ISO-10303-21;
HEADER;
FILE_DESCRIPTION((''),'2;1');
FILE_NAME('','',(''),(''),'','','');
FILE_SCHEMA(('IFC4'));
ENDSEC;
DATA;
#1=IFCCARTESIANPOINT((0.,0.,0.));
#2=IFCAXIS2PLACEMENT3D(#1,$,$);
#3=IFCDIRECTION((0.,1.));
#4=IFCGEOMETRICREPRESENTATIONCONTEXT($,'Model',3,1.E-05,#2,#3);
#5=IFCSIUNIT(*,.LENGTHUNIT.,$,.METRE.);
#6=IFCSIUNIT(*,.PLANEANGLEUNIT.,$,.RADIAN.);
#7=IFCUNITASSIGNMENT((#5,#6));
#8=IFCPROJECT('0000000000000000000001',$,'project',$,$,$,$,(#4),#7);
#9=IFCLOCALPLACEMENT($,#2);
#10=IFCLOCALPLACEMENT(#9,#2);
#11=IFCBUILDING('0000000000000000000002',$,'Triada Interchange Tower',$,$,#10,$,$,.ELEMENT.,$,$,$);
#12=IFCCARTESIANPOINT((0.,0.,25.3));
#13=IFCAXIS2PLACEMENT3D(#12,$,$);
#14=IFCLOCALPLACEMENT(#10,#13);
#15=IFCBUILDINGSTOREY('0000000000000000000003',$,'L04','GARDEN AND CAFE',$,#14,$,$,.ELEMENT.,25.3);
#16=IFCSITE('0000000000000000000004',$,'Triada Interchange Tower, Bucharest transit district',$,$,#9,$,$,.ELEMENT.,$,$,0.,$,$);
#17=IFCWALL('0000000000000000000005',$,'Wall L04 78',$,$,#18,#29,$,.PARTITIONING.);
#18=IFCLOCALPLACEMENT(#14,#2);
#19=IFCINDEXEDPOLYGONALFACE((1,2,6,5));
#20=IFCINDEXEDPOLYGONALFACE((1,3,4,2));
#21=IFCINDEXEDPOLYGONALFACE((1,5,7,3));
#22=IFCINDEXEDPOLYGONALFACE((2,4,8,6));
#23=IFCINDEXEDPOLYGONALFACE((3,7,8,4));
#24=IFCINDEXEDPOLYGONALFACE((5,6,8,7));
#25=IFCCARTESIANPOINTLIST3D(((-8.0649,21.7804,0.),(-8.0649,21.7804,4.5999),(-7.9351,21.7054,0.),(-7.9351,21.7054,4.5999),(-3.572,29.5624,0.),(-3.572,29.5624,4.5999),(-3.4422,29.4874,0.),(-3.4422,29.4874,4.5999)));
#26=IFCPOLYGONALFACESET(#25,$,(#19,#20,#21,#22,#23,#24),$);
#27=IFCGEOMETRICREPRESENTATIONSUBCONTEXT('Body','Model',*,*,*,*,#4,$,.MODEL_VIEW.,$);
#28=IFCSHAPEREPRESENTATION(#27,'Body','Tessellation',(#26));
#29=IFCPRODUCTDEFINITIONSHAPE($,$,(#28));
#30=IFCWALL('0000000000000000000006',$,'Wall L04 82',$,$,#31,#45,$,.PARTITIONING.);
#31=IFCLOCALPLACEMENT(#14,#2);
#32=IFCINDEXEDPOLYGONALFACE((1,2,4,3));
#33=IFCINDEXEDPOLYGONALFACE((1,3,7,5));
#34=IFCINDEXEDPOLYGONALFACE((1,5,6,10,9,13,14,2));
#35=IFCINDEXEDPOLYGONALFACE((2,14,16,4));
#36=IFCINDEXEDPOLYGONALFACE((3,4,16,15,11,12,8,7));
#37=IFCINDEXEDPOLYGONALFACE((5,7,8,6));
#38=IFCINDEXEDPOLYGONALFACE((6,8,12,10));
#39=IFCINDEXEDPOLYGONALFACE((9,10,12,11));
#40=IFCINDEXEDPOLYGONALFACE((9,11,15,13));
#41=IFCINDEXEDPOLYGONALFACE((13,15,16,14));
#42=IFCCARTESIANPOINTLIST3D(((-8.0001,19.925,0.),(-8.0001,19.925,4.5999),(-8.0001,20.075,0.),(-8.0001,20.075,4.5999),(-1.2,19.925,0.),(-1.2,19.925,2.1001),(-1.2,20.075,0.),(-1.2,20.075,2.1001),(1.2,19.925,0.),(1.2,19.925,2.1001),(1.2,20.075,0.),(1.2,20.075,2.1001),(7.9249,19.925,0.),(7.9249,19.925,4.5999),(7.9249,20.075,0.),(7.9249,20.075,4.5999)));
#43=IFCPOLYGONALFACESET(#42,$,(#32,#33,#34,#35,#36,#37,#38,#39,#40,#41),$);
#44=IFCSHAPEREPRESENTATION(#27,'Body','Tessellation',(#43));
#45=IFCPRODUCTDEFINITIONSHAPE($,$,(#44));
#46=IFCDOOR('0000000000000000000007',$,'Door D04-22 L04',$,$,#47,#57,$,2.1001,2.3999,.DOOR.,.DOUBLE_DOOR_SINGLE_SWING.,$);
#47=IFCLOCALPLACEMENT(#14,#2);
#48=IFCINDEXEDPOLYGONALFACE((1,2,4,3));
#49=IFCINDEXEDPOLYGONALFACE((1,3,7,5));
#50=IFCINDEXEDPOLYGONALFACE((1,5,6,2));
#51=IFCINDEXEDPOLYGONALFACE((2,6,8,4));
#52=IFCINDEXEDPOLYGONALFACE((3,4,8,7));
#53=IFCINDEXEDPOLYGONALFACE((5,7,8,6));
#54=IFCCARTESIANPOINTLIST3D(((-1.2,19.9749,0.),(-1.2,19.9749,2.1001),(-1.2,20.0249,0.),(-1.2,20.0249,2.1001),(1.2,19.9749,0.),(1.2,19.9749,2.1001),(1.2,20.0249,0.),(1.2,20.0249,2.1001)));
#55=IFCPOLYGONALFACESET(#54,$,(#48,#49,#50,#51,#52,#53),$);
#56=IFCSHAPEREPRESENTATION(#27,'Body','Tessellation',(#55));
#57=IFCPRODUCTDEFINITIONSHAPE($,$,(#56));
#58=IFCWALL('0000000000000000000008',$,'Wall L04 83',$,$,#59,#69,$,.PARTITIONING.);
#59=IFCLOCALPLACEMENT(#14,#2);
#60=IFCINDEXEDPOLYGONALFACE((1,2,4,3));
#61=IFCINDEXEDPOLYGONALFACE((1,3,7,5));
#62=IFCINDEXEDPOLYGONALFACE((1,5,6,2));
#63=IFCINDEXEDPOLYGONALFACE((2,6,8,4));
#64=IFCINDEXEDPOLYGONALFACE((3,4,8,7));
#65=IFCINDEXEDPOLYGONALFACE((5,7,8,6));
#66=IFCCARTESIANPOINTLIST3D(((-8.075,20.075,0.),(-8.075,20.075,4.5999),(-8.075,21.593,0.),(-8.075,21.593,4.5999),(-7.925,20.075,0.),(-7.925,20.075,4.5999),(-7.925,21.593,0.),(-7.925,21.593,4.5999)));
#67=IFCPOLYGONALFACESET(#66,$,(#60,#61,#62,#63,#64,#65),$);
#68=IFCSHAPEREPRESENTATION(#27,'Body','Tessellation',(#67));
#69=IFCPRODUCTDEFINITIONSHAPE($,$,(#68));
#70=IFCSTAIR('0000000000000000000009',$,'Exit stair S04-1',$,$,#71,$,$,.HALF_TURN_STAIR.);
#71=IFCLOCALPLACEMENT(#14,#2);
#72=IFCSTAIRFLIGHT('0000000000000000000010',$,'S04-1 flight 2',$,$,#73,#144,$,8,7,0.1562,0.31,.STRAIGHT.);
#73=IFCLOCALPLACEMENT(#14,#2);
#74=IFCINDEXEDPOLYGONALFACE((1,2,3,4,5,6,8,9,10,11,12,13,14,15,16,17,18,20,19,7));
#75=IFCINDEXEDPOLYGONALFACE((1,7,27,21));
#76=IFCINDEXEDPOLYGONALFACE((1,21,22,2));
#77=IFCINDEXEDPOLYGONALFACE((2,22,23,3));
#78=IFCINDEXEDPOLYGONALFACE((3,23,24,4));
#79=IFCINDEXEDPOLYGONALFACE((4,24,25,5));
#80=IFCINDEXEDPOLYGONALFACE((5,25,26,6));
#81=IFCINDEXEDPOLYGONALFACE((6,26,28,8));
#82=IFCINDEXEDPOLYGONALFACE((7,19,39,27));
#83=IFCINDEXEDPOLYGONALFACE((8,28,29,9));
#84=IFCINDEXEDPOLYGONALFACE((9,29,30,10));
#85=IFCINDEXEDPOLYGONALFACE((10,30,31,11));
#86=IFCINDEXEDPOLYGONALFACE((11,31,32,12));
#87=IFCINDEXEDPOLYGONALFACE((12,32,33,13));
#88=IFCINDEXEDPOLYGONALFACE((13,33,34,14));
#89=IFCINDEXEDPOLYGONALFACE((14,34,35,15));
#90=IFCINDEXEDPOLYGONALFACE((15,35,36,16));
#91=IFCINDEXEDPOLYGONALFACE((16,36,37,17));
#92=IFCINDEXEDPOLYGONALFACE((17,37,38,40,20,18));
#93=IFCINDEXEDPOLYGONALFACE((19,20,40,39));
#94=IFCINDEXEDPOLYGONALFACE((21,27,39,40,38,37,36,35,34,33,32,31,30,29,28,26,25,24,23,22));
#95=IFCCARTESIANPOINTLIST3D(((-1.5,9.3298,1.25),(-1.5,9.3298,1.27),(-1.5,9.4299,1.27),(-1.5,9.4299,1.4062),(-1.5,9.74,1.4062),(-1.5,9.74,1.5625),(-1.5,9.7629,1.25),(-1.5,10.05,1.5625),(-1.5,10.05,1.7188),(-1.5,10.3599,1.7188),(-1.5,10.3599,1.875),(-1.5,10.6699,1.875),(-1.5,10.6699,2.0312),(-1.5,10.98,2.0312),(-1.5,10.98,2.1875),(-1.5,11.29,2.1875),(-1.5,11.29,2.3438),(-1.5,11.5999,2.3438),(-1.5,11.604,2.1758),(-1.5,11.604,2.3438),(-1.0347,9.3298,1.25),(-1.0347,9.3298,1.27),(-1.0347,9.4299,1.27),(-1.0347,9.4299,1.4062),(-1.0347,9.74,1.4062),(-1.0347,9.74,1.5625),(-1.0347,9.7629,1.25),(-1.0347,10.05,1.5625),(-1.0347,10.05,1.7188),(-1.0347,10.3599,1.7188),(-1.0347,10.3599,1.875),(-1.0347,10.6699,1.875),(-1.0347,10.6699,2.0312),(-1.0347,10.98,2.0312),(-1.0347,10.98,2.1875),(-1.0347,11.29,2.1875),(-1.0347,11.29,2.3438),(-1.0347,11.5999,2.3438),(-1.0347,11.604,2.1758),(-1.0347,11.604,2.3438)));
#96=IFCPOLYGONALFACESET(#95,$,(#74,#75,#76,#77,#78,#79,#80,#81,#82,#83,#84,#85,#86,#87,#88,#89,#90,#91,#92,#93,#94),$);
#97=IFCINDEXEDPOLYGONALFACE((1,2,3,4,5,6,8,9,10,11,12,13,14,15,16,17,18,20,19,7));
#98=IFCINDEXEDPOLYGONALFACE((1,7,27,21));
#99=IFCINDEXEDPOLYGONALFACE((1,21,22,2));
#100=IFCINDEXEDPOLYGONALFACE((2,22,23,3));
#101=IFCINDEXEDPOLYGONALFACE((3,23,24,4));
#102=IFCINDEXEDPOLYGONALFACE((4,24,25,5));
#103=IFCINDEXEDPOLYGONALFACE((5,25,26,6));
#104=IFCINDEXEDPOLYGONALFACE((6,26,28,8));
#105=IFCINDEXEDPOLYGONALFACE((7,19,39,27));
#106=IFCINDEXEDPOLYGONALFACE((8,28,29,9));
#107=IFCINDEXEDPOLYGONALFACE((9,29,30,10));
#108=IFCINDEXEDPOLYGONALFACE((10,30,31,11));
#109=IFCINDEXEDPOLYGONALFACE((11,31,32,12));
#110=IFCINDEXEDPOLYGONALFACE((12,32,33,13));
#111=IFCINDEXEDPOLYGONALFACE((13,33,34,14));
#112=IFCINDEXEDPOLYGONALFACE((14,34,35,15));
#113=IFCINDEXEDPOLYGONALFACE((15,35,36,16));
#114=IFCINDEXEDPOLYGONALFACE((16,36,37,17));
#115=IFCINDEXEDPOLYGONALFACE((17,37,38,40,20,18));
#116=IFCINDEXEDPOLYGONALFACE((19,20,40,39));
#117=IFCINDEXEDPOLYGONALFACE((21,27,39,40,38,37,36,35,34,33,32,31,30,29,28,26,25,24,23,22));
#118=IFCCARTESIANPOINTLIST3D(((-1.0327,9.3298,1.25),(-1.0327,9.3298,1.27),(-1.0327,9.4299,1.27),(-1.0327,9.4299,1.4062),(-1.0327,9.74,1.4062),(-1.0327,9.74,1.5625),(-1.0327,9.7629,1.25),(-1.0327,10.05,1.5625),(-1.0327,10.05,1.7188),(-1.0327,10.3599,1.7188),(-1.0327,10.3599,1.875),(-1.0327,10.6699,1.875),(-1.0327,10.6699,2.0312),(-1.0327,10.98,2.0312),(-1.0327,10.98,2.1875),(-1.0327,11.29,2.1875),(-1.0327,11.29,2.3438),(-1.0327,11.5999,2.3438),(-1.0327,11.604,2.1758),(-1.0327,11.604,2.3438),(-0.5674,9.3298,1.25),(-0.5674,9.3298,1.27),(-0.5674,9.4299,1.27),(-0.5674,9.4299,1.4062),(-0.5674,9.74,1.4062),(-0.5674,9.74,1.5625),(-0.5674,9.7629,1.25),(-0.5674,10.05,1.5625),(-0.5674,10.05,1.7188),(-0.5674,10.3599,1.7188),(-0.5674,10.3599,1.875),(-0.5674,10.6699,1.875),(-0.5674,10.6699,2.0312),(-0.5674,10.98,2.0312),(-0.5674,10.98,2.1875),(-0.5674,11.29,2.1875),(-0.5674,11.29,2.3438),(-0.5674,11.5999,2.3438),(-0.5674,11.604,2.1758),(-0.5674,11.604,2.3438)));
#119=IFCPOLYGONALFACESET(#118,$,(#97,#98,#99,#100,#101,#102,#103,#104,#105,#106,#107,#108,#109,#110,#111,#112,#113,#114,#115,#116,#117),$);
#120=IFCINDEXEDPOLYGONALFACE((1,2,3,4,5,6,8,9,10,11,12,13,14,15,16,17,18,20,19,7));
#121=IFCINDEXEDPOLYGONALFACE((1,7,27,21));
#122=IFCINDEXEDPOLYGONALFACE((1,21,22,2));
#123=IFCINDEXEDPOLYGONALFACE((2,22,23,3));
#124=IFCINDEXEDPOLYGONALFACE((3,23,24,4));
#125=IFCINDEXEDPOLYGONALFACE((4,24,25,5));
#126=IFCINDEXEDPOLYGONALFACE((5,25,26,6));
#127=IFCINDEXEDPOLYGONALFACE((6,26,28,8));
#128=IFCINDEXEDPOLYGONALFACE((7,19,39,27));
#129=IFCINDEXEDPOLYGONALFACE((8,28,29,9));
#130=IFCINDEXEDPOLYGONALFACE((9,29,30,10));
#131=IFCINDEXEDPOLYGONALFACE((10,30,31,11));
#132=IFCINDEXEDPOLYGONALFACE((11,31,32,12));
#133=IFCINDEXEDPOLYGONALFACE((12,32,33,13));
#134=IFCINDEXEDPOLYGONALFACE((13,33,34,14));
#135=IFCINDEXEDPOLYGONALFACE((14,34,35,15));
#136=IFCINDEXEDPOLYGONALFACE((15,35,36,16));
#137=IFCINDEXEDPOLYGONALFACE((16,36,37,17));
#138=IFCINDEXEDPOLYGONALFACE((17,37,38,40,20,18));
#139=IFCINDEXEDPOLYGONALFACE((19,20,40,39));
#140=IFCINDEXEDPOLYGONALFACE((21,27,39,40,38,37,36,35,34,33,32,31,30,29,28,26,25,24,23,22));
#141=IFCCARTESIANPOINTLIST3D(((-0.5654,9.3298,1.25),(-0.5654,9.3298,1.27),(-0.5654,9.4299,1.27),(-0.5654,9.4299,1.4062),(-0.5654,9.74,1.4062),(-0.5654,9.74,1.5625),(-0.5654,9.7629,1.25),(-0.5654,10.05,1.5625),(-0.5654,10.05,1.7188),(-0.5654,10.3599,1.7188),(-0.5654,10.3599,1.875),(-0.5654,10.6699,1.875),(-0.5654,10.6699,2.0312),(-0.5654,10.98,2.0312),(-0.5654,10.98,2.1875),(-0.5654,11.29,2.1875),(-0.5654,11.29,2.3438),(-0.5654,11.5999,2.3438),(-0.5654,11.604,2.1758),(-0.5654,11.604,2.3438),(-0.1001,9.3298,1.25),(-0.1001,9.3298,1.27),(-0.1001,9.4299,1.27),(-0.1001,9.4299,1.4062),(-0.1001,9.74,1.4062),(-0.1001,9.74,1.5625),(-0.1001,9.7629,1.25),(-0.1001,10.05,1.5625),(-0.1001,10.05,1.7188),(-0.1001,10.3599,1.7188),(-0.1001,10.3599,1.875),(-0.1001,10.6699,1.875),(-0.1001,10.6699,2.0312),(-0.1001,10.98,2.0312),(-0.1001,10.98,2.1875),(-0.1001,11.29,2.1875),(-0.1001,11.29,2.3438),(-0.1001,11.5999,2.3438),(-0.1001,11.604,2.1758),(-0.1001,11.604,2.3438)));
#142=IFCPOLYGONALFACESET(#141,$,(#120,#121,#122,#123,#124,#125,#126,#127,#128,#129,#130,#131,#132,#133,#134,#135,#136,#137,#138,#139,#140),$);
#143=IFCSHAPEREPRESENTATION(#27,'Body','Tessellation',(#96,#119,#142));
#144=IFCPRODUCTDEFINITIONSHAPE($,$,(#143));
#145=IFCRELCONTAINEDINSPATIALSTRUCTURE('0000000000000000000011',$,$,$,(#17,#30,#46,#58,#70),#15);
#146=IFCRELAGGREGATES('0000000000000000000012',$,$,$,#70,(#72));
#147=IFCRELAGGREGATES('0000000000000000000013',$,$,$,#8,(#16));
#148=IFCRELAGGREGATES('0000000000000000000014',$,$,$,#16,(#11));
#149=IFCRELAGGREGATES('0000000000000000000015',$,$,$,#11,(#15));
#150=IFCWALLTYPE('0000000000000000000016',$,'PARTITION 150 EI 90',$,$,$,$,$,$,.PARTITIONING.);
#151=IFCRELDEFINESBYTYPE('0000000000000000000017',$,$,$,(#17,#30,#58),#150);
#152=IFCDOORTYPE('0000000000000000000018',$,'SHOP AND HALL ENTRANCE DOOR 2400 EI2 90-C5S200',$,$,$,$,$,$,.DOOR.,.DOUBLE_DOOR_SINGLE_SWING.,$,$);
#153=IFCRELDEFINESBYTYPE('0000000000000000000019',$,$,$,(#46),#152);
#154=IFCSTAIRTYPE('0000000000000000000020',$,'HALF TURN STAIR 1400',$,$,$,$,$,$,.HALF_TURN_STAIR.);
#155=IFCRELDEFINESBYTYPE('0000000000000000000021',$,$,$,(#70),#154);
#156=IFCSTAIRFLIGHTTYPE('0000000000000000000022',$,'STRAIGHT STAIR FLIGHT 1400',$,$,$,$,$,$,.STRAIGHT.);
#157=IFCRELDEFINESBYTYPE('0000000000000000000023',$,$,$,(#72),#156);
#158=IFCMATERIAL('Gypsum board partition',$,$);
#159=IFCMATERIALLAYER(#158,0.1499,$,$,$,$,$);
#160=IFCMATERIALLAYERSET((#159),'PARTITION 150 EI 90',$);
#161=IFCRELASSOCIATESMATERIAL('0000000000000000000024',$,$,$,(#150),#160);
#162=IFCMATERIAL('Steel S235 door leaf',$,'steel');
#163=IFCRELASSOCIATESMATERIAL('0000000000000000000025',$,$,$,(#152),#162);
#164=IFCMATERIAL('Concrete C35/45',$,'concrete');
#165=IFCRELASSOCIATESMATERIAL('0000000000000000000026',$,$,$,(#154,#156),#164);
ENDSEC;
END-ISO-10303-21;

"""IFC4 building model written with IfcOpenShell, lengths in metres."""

from ifc_helpers import new_model, si_unit, direction, frame, frame_2d, origin, place, context, subcontext, project, spatial, polyline, rectangle, outline, extrude, material, layer, layer_set, type_object, element, fill, aggregate, save


model = new_model("IFC4")

# Units and contexts
model_context = context("Model", 3, precision=1e-05, world=origin(), true_north=direction((0.0, 1.0)))
body_context = subcontext(model_context, "Body", "Model", "MODEL_VIEW")
ifc_project = project(units=[si_unit("LENGTHUNIT", "METRE"), si_unit("PLANEANGLEUNIT", "RADIAN")], contexts=[model_context])

# Site, building, storey
site_placement = place(None, origin())
site = spatial("IfcSite", under=ifc_project, at=site_placement, Name="Triada Interchange Tower, Bucharest transit district", CompositionType="ELEMENT", RefElevation=0.0)
building_placement = place(site_placement, origin())
building = spatial("IfcBuilding", under=site, at=building_placement, Name="Triada Interchange Tower", CompositionType="ELEMENT")
storey_placement = place(building_placement, frame((0.0, 0.0, 25.3)))
storey = spatial("IfcBuildingStorey", under=building, at=storey_placement, Name="L04", Description="GARDEN AND CAFE", CompositionType="ELEMENT", Elevation=25.3)

# Shared definitions
ifc_material_1 = material(Name="Steel S235 door leaf", Category="steel")
ifc_material_2 = material(Name="Gypsum board partition")
ifc_layer_1 = layer(ifc_material_2, 0.1499)
ifc_layer_set_1 = layer_set([ifc_layer_1], Name="PARTITION 150 EI 90")
wall_type_1 = type_object("IfcWallType", Name="PARTITION 150 EI 90", PredefinedType="PARTITIONING", material=ifc_layer_set_1)

# Wall
wall_1_placement = place(storey_placement, frame((-8.0, 21.7429, 0.0), z_axis=(0.0, 0.0, 1.0), x_axis=(0.499999, 0.866026, 0.0)))
element("IfcWall", 1, at=wall_1_placement, inside=storey, type_object=wall_type_1, Name="Wall L04 78", PredefinedType="PARTITIONING", context=body_context, shape_type="SweptSolid", body=[
    extrude(rectangle(XDim=8.9858, YDim=0.1499, at=frame_2d((4.4929, 0.0))), origin(), (0.0, 0.0, 1.0), 4.5999),
])

# Wall, opening, door
wall_2_placement = place(storey_placement, frame((-8.0, 20.0, 0.0), z_axis=(0.0, 0.0, 1.0), x_axis=(1.0, 0.0, 0.0)))
wall_2 = element("IfcWall", 2, at=wall_2_placement, inside=storey, type_object=wall_type_1, Name="Wall L04 82", PredefinedType="PARTITIONING", context=body_context, shape_type="SweptSolid", body=[
    extrude(rectangle(XDim=15.925, YDim=0.1499, at=frame_2d((7.9624, 0.0))), origin(), (0.0, 0.0, 1.0), 4.5999),
])
opening_1_placement = place(wall_2_placement, frame((6.8, 0.0, 0.0)))
opening_1 = element("IfcOpeningElement", 3, at=opening_1_placement, cuts=wall_2, PredefinedType="OPENING", context=body_context, shape_type="SweptSolid", body=[
    extrude(rectangle(XDim=2.3999, YDim=2.1001, at=frame_2d((1.2, 1.05))), frame((0.0, 0.085, 0.0), z_axis=(0.0, -1.0, 0.0), x_axis=(1.0, 0.0, 0.0)), (0.0, 0.0, 1.0), 0.1699),
])
door_type_1 = type_object("IfcDoorType", Name="SHOP AND HALL ENTRANCE DOOR 2400 EI2 90-C5S200", OperationType="DOUBLE_DOOR_SINGLE_SWING", PredefinedType="DOOR", material=ifc_material_1)
door_1_placement = place(opening_1_placement, origin())
door_1 = element("IfcDoor", 4, at=door_1_placement, inside=storey, type_object=door_type_1, Name="Door D04-22 L04", OperationType="DOUBLE_DOOR_SINGLE_SWING", OverallHeight=2.1001, OverallWidth=2.3999, PredefinedType="DOOR", context=body_context, shape_type="SweptSolid", body=[
    extrude(rectangle(XDim=2.3999, YDim=2.1001, at=frame_2d((1.2, 1.05))), frame((0.0, 0.0249, 0.0), z_axis=(0.0, -1.0, 0.0), x_axis=(1.0, 0.0, 0.0)), (0.0, 0.0, 1.0), 0.05),
])
fill(opening_1, door_1)

# Wall
wall_3_placement = place(storey_placement, frame((-8.0, 20.075, 0.0), z_axis=(0.0, 0.0, 1.0), x_axis=(0.0, 1.0, 0.0)))
element("IfcWall", 5, at=wall_3_placement, inside=storey, type_object=wall_type_1, Name="Wall L04 83", PredefinedType="PARTITIONING", context=body_context, shape_type="SweptSolid", body=[
    extrude(rectangle(XDim=1.5181, YDim=0.1499, at=frame_2d((0.759, 0.0))), origin(), (0.0, 0.0, 1.0), 4.5999),
])

# Stair, stair flight
ifc_material_3 = material(Name="Concrete C35/45", Category="concrete")
stair_type = type_object("IfcStairType", Name="HALF TURN STAIR 1400", PredefinedType="HALF_TURN_STAIR", material=ifc_material_3)
stair_placement = place(storey_placement, origin())
stair = element("IfcStair", 6, at=stair_placement, inside=storey, type_object=stair_type, Name="Exit stair S04-1", PredefinedType="HALF_TURN_STAIR")
stair_flight_type = type_object("IfcStairFlightType", Name="STRAIGHT STAIR FLIGHT 1400", PredefinedType="STRAIGHT", material=ifc_material_3)
stair_flight_1_placement = place(storey_placement, frame((-0.8, 9.4299, 1.25), z_axis=(0.0, 0.0, 1.0), x_axis=(0.0, 1.0, 0.0)))
stair_flight_1 = element("IfcStairFlight", 7, at=stair_flight_1_placement, type_object=stair_flight_type, Name="S04-1 flight 2", NumberOfRisers=8, NumberOfTreads=7, PredefinedType="STRAIGHT", RiserHeight=0.1562, TreadLength=0.31, context=body_context, shape_type="SweptSolid", body=[
    extrude(outline(polyline([(-0.1001, 0.0), (-0.1001, 0.02), (0.0, 0.02), (0.0, 0.1562), (0.3101, 0.1562), (0.3101, 0.3125), (0.6201, 0.3125), (0.6201, 0.4688), (0.9299, 0.4688), (0.9299, 0.625), (1.24, 0.625), (1.24, 0.7812), (1.55, 0.7812), (1.55, 0.9375), (1.8601, 0.9375), (1.8601, 1.0938), (2.1699, 1.0938), (2.1741, 1.0938), (2.1741, 1.25), (2.1741, 0.9258), (0.333, 0.0), (-0.1001, 0.0)])), frame((0.0, 0.7, 0.0), z_axis=(0.0, -1.0, 0.0), x_axis=(1.0, 0.0, 0.0)), (0.0, 0.0, 1.0), 0.4653),
    extrude(outline(polyline([(-0.1001, 0.0), (-0.1001, 0.02), (0.0, 0.02), (0.0, 0.1562), (0.3101, 0.1562), (0.3101, 0.3125), (0.6201, 0.3125), (0.6201, 0.4688), (0.9299, 0.4688), (0.9299, 0.625), (1.24, 0.625), (1.24, 0.7812), (1.55, 0.7812), (1.55, 0.9375), (1.8601, 0.9375), (1.8601, 1.0938), (2.1699, 1.0938), (2.1741, 1.0938), (2.1741, 1.25), (2.1741, 0.9258), (0.333, 0.0), (-0.1001, 0.0)])), frame((0.0, 0.2327, 0.0), z_axis=(0.0, -1.0, 0.0), x_axis=(1.0, 0.0, 0.0)), (0.0, 0.0, 1.0), 0.4653),
    extrude(outline(polyline([(-0.1001, 0.0), (-0.1001, 0.02), (0.0, 0.02), (0.0, 0.1562), (0.3101, 0.1562), (0.3101, 0.3125), (0.6201, 0.3125), (0.6201, 0.4688), (0.9299, 0.4688), (0.9299, 0.625), (1.24, 0.625), (1.24, 0.7812), (1.55, 0.7812), (1.55, 0.9375), (1.8601, 0.9375), (1.8601, 1.0938), (2.1699, 1.0938), (2.1741, 1.0938), (2.1741, 1.25), (2.1741, 0.9258), (0.333, 0.0), (-0.1001, 0.0)])), frame((0.0, -0.2346, 0.0), z_axis=(0.0, -1.0, 0.0), x_axis=(1.0, 0.0, 0.0)), (0.0, 0.0, 1.0), 0.4653),
])
aggregate(stair, [stair_flight_1])

save(model, "model.ifc")
